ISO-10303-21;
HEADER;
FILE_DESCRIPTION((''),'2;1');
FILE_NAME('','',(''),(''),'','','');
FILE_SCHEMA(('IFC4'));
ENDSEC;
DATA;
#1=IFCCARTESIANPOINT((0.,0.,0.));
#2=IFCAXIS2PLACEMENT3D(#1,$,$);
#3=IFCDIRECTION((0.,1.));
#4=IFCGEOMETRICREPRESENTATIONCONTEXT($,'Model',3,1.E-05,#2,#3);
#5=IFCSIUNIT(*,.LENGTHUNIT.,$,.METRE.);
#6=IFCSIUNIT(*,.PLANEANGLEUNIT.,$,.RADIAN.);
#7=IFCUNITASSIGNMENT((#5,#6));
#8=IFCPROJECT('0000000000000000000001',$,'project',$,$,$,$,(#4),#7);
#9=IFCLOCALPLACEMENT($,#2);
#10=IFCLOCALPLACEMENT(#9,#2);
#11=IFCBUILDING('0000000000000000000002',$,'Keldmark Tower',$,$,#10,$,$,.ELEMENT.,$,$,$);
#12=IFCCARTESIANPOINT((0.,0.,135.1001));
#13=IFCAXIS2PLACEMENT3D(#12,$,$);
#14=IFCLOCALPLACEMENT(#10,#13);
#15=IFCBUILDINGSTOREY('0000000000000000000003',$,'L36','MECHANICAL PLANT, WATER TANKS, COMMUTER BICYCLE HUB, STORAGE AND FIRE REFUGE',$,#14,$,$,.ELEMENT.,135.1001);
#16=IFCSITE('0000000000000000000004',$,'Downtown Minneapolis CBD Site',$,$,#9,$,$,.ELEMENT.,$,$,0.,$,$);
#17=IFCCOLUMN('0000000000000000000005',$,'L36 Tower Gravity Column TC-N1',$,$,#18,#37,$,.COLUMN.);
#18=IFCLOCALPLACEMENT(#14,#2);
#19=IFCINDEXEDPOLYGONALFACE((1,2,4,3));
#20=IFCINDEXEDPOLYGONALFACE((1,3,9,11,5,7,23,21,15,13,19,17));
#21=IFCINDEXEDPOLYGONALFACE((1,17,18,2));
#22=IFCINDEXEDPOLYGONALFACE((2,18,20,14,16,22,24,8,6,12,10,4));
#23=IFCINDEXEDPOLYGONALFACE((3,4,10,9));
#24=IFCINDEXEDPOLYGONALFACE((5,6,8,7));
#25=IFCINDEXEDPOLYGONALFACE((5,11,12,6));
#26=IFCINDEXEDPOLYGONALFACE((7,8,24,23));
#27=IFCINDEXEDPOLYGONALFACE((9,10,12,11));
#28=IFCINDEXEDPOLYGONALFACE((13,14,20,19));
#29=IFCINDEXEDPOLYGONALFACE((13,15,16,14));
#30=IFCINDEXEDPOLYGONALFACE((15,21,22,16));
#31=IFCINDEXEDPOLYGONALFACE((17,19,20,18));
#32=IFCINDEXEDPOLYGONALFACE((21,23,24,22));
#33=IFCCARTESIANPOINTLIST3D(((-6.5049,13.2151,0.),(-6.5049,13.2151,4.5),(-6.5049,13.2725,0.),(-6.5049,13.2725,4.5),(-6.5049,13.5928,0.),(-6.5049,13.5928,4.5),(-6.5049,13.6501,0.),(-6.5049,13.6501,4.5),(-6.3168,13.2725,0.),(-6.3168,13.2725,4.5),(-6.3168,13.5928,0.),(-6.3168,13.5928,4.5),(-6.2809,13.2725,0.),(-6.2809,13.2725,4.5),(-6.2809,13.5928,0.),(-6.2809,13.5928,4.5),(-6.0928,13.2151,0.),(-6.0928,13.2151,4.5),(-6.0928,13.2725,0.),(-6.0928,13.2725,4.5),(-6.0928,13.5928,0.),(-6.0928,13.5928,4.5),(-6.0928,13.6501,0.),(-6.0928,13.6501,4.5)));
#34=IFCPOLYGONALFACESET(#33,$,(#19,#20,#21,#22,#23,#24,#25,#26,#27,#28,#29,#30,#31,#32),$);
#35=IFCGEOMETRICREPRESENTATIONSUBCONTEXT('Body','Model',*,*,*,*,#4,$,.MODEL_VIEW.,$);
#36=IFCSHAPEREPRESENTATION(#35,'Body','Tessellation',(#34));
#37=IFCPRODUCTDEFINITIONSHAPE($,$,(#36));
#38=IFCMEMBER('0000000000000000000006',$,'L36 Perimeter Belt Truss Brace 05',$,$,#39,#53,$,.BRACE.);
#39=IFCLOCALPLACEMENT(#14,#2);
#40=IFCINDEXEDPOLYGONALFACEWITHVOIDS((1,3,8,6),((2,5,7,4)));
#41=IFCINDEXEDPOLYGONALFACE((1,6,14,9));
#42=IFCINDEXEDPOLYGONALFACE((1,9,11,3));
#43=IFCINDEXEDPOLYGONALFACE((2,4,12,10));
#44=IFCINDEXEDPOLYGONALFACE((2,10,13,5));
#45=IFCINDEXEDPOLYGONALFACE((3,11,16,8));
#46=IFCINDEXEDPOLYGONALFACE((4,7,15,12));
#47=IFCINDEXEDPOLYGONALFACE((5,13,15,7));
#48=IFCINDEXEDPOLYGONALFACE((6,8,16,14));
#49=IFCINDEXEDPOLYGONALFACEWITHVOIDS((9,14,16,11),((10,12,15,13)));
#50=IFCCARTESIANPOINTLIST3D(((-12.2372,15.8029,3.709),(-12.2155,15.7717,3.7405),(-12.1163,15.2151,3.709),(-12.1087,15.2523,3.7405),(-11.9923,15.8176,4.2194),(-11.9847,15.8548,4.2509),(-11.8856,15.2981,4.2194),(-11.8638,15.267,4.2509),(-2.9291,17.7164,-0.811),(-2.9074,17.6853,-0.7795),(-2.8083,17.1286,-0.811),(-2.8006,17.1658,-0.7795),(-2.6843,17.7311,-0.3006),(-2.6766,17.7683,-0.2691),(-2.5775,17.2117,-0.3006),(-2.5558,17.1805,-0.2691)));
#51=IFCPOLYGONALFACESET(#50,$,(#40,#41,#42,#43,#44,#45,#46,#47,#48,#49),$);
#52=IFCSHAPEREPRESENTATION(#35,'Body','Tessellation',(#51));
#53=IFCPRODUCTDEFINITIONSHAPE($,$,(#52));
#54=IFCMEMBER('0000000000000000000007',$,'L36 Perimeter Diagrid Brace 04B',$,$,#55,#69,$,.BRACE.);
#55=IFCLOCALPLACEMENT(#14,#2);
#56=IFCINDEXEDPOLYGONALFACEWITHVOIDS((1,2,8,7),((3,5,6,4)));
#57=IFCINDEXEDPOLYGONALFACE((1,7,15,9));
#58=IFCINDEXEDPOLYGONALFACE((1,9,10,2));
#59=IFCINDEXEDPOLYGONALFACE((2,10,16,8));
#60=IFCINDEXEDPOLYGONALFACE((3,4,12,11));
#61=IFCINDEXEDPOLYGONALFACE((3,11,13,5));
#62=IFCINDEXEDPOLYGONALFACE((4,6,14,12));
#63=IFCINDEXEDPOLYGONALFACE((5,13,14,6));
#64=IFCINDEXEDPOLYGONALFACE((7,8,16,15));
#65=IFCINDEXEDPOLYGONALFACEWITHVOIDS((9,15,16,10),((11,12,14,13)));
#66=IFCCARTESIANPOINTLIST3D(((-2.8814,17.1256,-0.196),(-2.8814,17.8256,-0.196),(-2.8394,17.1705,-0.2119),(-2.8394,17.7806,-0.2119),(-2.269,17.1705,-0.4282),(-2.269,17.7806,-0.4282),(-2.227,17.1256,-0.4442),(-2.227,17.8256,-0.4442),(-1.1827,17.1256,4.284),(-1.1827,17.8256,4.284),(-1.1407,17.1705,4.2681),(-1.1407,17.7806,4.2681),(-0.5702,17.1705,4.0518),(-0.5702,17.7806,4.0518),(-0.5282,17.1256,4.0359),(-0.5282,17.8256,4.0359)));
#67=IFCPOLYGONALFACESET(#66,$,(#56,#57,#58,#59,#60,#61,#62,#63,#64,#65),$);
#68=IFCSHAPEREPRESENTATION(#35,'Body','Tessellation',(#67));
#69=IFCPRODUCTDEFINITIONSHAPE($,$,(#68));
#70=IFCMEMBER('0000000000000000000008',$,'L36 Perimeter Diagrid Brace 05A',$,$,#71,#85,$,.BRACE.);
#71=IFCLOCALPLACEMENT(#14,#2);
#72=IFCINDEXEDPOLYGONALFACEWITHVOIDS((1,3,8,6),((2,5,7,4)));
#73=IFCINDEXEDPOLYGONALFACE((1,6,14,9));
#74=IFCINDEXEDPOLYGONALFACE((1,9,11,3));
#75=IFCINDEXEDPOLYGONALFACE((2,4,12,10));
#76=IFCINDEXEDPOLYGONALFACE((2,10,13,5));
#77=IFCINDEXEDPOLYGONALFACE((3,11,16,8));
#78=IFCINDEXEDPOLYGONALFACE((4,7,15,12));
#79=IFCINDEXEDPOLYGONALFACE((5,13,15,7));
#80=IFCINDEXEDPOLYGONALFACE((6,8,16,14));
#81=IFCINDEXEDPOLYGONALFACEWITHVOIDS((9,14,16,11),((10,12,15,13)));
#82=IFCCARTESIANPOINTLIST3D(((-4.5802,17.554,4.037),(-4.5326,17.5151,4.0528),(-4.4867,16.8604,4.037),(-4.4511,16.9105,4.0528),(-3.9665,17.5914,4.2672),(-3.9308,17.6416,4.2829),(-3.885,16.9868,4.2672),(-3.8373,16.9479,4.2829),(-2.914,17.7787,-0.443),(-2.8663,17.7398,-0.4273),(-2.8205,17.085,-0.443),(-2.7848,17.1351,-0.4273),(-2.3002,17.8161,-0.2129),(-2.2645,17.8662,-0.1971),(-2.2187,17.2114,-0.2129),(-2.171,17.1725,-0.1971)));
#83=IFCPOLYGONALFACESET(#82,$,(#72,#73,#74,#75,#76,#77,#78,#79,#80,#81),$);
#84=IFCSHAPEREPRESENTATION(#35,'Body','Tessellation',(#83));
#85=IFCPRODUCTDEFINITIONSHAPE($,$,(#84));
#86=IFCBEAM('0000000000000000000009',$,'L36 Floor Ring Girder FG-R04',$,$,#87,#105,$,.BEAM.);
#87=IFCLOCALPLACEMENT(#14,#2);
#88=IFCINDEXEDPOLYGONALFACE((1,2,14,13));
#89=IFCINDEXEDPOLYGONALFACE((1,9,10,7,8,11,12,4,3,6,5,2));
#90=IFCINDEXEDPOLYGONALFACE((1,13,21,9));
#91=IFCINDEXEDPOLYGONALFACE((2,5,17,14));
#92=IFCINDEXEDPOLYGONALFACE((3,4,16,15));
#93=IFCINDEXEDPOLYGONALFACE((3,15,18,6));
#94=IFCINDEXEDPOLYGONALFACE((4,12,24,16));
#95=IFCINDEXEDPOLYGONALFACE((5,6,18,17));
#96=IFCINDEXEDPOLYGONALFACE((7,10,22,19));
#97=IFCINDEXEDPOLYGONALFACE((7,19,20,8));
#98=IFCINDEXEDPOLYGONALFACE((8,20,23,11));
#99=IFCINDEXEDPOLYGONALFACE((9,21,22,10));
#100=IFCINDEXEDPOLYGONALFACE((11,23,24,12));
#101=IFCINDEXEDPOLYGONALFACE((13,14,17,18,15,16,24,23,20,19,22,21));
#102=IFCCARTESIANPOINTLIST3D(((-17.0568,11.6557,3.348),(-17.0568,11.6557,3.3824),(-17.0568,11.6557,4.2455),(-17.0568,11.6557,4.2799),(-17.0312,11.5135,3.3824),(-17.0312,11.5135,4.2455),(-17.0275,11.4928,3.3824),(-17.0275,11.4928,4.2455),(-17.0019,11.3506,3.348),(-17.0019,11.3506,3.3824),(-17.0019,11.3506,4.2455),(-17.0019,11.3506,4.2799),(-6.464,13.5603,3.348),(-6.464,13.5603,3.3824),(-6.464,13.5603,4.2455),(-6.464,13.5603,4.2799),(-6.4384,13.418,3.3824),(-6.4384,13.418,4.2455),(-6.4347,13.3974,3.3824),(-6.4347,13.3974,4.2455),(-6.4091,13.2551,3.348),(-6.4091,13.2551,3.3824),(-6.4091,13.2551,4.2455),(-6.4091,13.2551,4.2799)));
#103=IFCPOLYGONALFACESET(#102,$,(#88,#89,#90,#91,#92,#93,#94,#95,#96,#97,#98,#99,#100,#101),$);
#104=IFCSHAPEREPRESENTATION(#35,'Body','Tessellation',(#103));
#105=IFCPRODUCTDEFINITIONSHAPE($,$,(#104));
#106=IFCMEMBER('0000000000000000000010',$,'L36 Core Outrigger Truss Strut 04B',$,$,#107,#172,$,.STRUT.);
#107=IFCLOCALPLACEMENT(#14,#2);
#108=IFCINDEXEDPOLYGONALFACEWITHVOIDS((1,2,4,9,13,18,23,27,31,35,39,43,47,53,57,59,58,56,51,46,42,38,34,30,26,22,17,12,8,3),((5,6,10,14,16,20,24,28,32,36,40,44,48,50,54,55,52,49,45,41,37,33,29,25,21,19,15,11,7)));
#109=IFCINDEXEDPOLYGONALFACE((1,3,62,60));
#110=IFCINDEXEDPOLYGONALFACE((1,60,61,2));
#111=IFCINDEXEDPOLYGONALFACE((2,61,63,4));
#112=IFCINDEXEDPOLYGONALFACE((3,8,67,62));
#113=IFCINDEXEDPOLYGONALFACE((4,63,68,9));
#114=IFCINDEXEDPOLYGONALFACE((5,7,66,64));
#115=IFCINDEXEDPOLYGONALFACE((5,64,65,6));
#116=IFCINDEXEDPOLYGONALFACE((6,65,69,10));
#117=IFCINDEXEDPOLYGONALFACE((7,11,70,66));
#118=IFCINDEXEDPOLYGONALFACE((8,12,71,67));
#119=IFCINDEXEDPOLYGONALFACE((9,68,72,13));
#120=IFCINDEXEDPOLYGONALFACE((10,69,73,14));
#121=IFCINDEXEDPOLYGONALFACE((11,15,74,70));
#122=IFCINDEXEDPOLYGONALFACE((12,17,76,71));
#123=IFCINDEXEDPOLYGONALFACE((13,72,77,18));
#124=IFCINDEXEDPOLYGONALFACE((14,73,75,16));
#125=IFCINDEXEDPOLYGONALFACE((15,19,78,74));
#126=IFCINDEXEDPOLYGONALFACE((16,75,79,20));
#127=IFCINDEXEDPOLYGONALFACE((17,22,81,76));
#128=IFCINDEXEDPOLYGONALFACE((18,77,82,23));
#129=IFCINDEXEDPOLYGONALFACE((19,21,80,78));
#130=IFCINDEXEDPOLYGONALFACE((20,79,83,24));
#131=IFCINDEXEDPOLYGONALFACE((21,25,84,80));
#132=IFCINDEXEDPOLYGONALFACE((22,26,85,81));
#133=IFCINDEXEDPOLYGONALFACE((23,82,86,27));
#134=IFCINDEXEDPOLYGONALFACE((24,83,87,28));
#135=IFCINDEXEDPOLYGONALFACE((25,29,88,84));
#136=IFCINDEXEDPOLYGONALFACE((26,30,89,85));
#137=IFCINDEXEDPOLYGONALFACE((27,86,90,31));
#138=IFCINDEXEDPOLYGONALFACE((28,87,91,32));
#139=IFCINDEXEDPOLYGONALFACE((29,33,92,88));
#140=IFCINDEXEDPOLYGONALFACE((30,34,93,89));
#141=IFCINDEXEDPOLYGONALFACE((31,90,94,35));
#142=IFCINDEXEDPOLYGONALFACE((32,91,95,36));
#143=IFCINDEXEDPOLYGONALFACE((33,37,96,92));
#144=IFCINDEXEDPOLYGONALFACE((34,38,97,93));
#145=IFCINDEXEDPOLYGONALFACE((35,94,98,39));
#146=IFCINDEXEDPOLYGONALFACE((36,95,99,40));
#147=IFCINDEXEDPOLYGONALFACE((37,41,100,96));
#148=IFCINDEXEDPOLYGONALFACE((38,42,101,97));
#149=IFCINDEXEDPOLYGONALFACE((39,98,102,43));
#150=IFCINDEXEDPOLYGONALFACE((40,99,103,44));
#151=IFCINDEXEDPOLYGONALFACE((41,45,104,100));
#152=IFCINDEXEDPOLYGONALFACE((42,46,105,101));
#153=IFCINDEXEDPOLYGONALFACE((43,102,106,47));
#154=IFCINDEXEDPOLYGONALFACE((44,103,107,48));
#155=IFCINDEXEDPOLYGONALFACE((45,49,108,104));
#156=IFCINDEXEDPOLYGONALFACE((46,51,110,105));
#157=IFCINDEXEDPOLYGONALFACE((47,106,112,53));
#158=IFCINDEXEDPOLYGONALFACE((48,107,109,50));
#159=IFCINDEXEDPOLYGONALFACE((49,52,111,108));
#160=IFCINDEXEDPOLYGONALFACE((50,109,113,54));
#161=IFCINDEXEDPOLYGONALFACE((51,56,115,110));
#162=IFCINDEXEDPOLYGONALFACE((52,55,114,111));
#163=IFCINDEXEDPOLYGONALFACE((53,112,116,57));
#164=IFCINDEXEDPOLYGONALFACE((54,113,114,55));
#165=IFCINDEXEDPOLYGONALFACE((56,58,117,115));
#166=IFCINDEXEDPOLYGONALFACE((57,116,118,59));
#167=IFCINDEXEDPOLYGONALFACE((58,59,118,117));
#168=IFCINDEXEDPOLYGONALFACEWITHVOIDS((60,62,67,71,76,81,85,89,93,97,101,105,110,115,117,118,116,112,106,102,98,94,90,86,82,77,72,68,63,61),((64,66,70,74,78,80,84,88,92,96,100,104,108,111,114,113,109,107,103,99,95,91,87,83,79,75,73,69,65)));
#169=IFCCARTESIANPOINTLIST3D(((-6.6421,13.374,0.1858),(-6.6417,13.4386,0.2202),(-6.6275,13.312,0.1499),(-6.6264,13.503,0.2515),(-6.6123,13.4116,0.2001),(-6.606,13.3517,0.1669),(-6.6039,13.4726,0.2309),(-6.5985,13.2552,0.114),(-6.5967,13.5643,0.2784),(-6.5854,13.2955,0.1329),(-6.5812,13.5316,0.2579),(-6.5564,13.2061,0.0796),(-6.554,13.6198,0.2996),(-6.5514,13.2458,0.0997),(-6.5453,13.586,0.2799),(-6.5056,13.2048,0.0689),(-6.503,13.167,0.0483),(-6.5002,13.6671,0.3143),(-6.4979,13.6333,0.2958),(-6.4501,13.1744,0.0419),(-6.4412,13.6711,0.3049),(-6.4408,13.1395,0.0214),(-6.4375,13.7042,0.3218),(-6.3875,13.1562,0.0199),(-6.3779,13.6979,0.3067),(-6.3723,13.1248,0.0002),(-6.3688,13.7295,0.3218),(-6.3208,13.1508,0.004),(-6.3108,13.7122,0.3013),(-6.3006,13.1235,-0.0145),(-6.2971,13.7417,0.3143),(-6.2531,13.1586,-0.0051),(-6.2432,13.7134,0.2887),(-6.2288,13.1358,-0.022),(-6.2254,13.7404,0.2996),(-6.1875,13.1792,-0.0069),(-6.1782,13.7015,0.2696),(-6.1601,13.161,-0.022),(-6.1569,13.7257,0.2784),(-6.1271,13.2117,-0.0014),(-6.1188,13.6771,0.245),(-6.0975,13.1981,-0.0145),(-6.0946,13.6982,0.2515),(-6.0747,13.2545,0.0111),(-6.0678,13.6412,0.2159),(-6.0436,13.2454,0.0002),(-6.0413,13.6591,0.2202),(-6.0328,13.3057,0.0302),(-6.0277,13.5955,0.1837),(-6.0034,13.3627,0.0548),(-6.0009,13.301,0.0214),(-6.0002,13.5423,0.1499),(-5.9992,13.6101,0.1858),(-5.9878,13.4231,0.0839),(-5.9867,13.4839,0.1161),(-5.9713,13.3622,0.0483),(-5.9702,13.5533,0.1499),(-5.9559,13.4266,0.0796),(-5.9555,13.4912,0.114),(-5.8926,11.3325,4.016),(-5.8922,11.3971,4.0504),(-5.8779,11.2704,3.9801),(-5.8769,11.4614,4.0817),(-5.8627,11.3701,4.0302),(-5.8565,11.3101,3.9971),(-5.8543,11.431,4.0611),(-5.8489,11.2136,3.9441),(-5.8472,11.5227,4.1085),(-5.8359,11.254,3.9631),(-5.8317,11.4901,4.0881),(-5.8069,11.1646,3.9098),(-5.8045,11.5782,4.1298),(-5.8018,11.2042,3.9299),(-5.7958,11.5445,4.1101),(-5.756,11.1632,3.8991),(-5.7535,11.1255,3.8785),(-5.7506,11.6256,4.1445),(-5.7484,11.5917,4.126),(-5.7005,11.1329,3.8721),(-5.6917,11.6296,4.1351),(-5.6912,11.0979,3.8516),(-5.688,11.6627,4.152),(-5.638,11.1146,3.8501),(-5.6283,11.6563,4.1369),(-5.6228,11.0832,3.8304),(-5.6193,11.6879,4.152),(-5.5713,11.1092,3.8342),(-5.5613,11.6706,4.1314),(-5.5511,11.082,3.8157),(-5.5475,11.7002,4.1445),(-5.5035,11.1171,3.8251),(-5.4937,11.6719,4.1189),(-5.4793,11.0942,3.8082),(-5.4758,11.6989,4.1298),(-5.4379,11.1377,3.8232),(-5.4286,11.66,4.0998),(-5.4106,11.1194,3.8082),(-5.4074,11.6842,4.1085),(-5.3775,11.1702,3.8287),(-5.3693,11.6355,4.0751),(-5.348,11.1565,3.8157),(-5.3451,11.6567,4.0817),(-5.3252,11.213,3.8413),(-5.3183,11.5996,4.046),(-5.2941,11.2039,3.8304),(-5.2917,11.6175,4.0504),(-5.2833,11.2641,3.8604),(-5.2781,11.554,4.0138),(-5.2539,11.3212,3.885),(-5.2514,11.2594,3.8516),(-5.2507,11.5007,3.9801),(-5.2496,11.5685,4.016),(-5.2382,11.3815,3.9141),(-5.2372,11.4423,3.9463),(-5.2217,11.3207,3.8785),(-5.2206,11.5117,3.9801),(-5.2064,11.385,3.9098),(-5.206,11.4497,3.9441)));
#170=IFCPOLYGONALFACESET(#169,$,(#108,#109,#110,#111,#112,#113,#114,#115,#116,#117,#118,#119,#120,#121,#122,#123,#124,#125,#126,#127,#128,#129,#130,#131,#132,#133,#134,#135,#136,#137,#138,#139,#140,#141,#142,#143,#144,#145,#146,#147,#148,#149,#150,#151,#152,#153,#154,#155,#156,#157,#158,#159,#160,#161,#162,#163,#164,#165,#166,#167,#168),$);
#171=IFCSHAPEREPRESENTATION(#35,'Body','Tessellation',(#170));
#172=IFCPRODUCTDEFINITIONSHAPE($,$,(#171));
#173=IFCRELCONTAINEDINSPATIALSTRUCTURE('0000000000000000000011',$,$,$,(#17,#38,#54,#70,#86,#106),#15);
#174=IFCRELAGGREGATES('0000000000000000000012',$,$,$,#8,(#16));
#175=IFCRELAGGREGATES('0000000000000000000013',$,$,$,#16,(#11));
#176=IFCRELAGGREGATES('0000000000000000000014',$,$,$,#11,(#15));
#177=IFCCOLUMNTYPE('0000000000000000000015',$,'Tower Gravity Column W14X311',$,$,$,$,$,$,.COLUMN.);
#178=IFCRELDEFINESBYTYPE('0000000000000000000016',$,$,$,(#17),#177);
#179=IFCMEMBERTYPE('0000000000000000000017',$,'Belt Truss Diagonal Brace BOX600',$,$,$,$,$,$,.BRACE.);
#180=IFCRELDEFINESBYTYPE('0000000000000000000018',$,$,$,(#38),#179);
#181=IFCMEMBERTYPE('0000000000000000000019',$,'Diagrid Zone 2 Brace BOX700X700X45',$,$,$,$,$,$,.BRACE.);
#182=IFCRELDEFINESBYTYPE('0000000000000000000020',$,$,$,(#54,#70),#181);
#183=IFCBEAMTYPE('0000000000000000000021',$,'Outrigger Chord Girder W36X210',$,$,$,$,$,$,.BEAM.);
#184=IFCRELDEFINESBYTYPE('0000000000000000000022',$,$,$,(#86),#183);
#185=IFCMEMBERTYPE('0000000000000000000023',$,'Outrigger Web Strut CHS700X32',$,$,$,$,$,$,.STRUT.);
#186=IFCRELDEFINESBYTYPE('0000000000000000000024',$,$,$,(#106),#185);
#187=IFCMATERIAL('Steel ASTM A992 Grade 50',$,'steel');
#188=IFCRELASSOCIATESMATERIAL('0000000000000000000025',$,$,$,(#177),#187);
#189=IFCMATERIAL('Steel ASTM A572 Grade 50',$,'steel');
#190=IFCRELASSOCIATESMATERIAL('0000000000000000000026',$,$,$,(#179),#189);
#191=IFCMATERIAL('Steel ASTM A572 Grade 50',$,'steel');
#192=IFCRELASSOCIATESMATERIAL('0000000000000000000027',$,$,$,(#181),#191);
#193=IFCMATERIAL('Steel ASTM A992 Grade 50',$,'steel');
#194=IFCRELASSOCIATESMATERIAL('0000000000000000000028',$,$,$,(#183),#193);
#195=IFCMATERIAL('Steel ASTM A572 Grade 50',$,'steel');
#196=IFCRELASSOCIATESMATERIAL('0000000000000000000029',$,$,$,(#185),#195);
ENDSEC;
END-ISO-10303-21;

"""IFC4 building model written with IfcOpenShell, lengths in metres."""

from ifc_helpers import new_model, si_unit, direction, frame, origin, origin_2d, place, context, subcontext, project, spatial, hollow_rectangle, hollow_circle, i_section, extrude, material, material_profile, profile_set, type_object, element, save


model = new_model("IFC4")

# Units and contexts
model_context = context("Model", 3, precision=1e-05, world=origin(), true_north=direction((0.0, 1.0)))
body_context = subcontext(model_context, "Body", "Model", "MODEL_VIEW")
ifc_project = project(units=[si_unit("LENGTHUNIT", "METRE"), si_unit("PLANEANGLEUNIT", "RADIAN")], contexts=[model_context])

# Site, building, storey
site_placement = place(None, origin())
site = spatial("IfcSite", under=ifc_project, at=site_placement, Name="Downtown Minneapolis CBD Site", CompositionType="ELEMENT", RefElevation=0.0)
building_placement = place(site_placement, origin())
building = spatial("IfcBuilding", under=site, at=building_placement, Name="Keldmark Tower", CompositionType="ELEMENT")
storey_placement = place(building_placement, frame((0.0, 0.0, 135.1001)))
storey = spatial("IfcBuildingStorey", under=building, at=storey_placement, Name="L36", Description="MECHANICAL PLANT, WATER TANKS, COMMUTER BICYCLE HUB, STORAGE AND FIRE REFUGE", CompositionType="ELEMENT", Elevation=135.1001)

# Column
ifc_material_1 = material(Name="Steel ASTM A992 Grade 50", Category="steel")
ifc_material_profile_1 = material_profile(ifc_material_1, i_section(OverallWidth=0.4121, OverallDepth=0.4351, WebThickness=0.0359, FlangeThickness=0.0574, at=origin_2d()), Name="W14X311")
ifc_profile_set_1 = profile_set([ifc_material_profile_1], Name="Steel ASTM A992 Grade 50")
column_type = type_object("IfcColumnType", Name="Tower Gravity Column W14X311", PredefinedType="COLUMN", material=ifc_profile_set_1)
column_placement = place(storey_placement, frame((-6.2988, 13.4326, 0.0), z_axis=(0.0, 0.0, 1.0), x_axis=(1.0, 0.0, 0.0)))
element("IfcColumn", 1, at=column_placement, inside=storey, type_object=column_type, Name="L36 Tower Gravity Column TC-N1", PredefinedType="COLUMN", context=body_context, shape_type="SweptSolid", body=[
    extrude(i_section(OverallWidth=0.4121, OverallDepth=0.4351, WebThickness=0.0359, FlangeThickness=0.0574, at=origin_2d()), origin(), (0.0, 0.0, 1.0), 4.5),
])

# Members
ifc_material_2 = material(Name="Steel ASTM A572 Grade 50", Category="steel")
ifc_material_profile_2 = material_profile(ifc_material_2, hollow_rectangle(XDim=0.6001, YDim=0.6001, WallThickness=0.0349, at=origin_2d()), Name="BOX600X600X35")
ifc_profile_set_2 = profile_set([ifc_material_profile_2], Name="Steel ASTM A572 Grade 50")
member_type_1 = type_object("IfcMemberType", Name="Belt Truss Diagonal Brace BOX600", PredefinedType="BRACE", material=ifc_profile_set_2)
member_1_placement = place(storey_placement, frame((-2.7424, 17.4485, -0.54), z_axis=(-0.88455, -0.181847, 0.429538), x_axis=(0.20137, -0.979515, 0.0)))
element("IfcMember", 2, at=member_1_placement, inside=storey, type_object=member_type_1, Name="L36 Perimeter Belt Truss Brace 05", PredefinedType="BRACE", context=body_context, shape_type="SweptSolid", body=[
    extrude(hollow_rectangle(XDim=0.6001, YDim=0.6001, WallThickness=0.0349, at=origin_2d()), origin(), (0.0, 0.0, 1.0), 10.5229),
])
ifc_material_3 = material(Name="Steel ASTM A572 Grade 50", Category="steel")
ifc_material_profile_3 = material_profile(ifc_material_3, hollow_rectangle(XDim=0.7, YDim=0.7, WallThickness=0.0449, at=origin_2d()), Name="BOX700X700X45")
ifc_profile_set_3 = profile_set([ifc_material_profile_3], Name="Steel ASTM A572 Grade 50")
member_type_2 = type_object("IfcMemberType", Name="Diagrid Zone 2 Brace BOX700X700X45", PredefinedType="BRACE", material=ifc_profile_set_3)
member_2_placement = place(storey_placement, frame((-2.5542, 17.4756, -0.3201), z_axis=(0.35455, 0.0, 0.935037), x_axis=(0.0, 1.0, 0.0)))
element("IfcMember", 3, at=member_2_placement, inside=storey, type_object=member_type_2, Name="L36 Perimeter Diagrid Brace 04B", PredefinedType="BRACE", context=body_context, shape_type="SweptSolid", body=[
    extrude(hollow_rectangle(XDim=0.7, YDim=0.7, WallThickness=0.0449, at=origin_2d()), origin(), (0.0, 0.0, 1.0), 4.7913),
])
member_3_placement = place(storey_placement, frame((-2.5425, 17.4756, -0.3201), z_axis=(-0.348219, -0.046939, 0.936237), x_axis=(0.13359, -0.991037, 0.0)))
element("IfcMember", 4, at=member_3_placement, inside=storey, type_object=member_type_2, Name="L36 Perimeter Diagrid Brace 05A", PredefinedType="BRACE", context=body_context, shape_type="SweptSolid", body=[
    extrude(hollow_rectangle(XDim=0.7, YDim=0.7, WallThickness=0.0449, at=origin_2d()), origin(), (0.0, 0.0, 1.0), 4.7852),
])

# Beam
ifc_material_4 = material(Name="Steel ASTM A992 Grade 50", Category="steel")
ifc_material_profile_4 = material_profile(ifc_material_4, i_section(OverallWidth=0.3101, OverallDepth=0.9319, WebThickness=0.021, FlangeThickness=0.0344, at=origin_2d()), Name="W36X210")
ifc_profile_set_4 = profile_set([ifc_material_profile_4], Name="Steel ASTM A992 Grade 50")
beam_type_1 = type_object("IfcBeamType", Name="Outrigger Chord Girder W36X210", PredefinedType="BEAM", material=ifc_profile_set_4)
beam_1_placement = place(storey_placement, frame((-6.4365, 13.4077, 3.814), z_axis=(-0.984218, -0.176959, 0.0), x_axis=(0.176959, -0.984218, 0.0)))
element("IfcBeam", 5, at=beam_1_placement, inside=storey, type_object=beam_type_1, Name="L36 Floor Ring Girder FG-R04", PredefinedType="BEAM", context=body_context, shape_type="SweptSolid", body=[
    extrude(i_section(OverallWidth=0.3101, OverallDepth=0.9319, WebThickness=0.021, FlangeThickness=0.0344, at=origin_2d()), origin(), (0.0, 0.0, 1.0), 10.7627),
])

# Member
ifc_material_5 = material(Name="Steel ASTM A572 Grade 50", Category="steel")
ifc_material_profile_5 = material_profile(ifc_material_5, hollow_circle(Radius=0.3501, WallThickness=0.032, at=origin_2d()), Name="CHS700X32")
ifc_profile_set_5 = profile_set([ifc_material_profile_5], Name="Steel ASTM A572 Grade 50")
member_type_3 = type_object("IfcMemberType", Name="Outrigger Web Strut CHS700X32", PredefinedType="STRUT", material=ifc_profile_set_5)
member_4_placement = place(storey_placement, frame((-6.2988, 13.4326, 0.1499), z_axis=(0.170172, -0.463511, 0.869597), x_axis=(0.938734, 0.344644, 0.0)))
element("IfcMember", 6, at=member_4_placement, inside=storey, type_object=member_type_3, Name="L36 Core Outrigger Truss Strut 04B", PredefinedType="STRUT", context=body_context, shape_type="SweptSolid", body=[
    extrude(hollow_circle(Radius=0.3501, WallThickness=0.032, at=origin_2d()), origin(), (0.0, 0.0, 1.0), 4.4045),
])

save(model, "model.ifc")
